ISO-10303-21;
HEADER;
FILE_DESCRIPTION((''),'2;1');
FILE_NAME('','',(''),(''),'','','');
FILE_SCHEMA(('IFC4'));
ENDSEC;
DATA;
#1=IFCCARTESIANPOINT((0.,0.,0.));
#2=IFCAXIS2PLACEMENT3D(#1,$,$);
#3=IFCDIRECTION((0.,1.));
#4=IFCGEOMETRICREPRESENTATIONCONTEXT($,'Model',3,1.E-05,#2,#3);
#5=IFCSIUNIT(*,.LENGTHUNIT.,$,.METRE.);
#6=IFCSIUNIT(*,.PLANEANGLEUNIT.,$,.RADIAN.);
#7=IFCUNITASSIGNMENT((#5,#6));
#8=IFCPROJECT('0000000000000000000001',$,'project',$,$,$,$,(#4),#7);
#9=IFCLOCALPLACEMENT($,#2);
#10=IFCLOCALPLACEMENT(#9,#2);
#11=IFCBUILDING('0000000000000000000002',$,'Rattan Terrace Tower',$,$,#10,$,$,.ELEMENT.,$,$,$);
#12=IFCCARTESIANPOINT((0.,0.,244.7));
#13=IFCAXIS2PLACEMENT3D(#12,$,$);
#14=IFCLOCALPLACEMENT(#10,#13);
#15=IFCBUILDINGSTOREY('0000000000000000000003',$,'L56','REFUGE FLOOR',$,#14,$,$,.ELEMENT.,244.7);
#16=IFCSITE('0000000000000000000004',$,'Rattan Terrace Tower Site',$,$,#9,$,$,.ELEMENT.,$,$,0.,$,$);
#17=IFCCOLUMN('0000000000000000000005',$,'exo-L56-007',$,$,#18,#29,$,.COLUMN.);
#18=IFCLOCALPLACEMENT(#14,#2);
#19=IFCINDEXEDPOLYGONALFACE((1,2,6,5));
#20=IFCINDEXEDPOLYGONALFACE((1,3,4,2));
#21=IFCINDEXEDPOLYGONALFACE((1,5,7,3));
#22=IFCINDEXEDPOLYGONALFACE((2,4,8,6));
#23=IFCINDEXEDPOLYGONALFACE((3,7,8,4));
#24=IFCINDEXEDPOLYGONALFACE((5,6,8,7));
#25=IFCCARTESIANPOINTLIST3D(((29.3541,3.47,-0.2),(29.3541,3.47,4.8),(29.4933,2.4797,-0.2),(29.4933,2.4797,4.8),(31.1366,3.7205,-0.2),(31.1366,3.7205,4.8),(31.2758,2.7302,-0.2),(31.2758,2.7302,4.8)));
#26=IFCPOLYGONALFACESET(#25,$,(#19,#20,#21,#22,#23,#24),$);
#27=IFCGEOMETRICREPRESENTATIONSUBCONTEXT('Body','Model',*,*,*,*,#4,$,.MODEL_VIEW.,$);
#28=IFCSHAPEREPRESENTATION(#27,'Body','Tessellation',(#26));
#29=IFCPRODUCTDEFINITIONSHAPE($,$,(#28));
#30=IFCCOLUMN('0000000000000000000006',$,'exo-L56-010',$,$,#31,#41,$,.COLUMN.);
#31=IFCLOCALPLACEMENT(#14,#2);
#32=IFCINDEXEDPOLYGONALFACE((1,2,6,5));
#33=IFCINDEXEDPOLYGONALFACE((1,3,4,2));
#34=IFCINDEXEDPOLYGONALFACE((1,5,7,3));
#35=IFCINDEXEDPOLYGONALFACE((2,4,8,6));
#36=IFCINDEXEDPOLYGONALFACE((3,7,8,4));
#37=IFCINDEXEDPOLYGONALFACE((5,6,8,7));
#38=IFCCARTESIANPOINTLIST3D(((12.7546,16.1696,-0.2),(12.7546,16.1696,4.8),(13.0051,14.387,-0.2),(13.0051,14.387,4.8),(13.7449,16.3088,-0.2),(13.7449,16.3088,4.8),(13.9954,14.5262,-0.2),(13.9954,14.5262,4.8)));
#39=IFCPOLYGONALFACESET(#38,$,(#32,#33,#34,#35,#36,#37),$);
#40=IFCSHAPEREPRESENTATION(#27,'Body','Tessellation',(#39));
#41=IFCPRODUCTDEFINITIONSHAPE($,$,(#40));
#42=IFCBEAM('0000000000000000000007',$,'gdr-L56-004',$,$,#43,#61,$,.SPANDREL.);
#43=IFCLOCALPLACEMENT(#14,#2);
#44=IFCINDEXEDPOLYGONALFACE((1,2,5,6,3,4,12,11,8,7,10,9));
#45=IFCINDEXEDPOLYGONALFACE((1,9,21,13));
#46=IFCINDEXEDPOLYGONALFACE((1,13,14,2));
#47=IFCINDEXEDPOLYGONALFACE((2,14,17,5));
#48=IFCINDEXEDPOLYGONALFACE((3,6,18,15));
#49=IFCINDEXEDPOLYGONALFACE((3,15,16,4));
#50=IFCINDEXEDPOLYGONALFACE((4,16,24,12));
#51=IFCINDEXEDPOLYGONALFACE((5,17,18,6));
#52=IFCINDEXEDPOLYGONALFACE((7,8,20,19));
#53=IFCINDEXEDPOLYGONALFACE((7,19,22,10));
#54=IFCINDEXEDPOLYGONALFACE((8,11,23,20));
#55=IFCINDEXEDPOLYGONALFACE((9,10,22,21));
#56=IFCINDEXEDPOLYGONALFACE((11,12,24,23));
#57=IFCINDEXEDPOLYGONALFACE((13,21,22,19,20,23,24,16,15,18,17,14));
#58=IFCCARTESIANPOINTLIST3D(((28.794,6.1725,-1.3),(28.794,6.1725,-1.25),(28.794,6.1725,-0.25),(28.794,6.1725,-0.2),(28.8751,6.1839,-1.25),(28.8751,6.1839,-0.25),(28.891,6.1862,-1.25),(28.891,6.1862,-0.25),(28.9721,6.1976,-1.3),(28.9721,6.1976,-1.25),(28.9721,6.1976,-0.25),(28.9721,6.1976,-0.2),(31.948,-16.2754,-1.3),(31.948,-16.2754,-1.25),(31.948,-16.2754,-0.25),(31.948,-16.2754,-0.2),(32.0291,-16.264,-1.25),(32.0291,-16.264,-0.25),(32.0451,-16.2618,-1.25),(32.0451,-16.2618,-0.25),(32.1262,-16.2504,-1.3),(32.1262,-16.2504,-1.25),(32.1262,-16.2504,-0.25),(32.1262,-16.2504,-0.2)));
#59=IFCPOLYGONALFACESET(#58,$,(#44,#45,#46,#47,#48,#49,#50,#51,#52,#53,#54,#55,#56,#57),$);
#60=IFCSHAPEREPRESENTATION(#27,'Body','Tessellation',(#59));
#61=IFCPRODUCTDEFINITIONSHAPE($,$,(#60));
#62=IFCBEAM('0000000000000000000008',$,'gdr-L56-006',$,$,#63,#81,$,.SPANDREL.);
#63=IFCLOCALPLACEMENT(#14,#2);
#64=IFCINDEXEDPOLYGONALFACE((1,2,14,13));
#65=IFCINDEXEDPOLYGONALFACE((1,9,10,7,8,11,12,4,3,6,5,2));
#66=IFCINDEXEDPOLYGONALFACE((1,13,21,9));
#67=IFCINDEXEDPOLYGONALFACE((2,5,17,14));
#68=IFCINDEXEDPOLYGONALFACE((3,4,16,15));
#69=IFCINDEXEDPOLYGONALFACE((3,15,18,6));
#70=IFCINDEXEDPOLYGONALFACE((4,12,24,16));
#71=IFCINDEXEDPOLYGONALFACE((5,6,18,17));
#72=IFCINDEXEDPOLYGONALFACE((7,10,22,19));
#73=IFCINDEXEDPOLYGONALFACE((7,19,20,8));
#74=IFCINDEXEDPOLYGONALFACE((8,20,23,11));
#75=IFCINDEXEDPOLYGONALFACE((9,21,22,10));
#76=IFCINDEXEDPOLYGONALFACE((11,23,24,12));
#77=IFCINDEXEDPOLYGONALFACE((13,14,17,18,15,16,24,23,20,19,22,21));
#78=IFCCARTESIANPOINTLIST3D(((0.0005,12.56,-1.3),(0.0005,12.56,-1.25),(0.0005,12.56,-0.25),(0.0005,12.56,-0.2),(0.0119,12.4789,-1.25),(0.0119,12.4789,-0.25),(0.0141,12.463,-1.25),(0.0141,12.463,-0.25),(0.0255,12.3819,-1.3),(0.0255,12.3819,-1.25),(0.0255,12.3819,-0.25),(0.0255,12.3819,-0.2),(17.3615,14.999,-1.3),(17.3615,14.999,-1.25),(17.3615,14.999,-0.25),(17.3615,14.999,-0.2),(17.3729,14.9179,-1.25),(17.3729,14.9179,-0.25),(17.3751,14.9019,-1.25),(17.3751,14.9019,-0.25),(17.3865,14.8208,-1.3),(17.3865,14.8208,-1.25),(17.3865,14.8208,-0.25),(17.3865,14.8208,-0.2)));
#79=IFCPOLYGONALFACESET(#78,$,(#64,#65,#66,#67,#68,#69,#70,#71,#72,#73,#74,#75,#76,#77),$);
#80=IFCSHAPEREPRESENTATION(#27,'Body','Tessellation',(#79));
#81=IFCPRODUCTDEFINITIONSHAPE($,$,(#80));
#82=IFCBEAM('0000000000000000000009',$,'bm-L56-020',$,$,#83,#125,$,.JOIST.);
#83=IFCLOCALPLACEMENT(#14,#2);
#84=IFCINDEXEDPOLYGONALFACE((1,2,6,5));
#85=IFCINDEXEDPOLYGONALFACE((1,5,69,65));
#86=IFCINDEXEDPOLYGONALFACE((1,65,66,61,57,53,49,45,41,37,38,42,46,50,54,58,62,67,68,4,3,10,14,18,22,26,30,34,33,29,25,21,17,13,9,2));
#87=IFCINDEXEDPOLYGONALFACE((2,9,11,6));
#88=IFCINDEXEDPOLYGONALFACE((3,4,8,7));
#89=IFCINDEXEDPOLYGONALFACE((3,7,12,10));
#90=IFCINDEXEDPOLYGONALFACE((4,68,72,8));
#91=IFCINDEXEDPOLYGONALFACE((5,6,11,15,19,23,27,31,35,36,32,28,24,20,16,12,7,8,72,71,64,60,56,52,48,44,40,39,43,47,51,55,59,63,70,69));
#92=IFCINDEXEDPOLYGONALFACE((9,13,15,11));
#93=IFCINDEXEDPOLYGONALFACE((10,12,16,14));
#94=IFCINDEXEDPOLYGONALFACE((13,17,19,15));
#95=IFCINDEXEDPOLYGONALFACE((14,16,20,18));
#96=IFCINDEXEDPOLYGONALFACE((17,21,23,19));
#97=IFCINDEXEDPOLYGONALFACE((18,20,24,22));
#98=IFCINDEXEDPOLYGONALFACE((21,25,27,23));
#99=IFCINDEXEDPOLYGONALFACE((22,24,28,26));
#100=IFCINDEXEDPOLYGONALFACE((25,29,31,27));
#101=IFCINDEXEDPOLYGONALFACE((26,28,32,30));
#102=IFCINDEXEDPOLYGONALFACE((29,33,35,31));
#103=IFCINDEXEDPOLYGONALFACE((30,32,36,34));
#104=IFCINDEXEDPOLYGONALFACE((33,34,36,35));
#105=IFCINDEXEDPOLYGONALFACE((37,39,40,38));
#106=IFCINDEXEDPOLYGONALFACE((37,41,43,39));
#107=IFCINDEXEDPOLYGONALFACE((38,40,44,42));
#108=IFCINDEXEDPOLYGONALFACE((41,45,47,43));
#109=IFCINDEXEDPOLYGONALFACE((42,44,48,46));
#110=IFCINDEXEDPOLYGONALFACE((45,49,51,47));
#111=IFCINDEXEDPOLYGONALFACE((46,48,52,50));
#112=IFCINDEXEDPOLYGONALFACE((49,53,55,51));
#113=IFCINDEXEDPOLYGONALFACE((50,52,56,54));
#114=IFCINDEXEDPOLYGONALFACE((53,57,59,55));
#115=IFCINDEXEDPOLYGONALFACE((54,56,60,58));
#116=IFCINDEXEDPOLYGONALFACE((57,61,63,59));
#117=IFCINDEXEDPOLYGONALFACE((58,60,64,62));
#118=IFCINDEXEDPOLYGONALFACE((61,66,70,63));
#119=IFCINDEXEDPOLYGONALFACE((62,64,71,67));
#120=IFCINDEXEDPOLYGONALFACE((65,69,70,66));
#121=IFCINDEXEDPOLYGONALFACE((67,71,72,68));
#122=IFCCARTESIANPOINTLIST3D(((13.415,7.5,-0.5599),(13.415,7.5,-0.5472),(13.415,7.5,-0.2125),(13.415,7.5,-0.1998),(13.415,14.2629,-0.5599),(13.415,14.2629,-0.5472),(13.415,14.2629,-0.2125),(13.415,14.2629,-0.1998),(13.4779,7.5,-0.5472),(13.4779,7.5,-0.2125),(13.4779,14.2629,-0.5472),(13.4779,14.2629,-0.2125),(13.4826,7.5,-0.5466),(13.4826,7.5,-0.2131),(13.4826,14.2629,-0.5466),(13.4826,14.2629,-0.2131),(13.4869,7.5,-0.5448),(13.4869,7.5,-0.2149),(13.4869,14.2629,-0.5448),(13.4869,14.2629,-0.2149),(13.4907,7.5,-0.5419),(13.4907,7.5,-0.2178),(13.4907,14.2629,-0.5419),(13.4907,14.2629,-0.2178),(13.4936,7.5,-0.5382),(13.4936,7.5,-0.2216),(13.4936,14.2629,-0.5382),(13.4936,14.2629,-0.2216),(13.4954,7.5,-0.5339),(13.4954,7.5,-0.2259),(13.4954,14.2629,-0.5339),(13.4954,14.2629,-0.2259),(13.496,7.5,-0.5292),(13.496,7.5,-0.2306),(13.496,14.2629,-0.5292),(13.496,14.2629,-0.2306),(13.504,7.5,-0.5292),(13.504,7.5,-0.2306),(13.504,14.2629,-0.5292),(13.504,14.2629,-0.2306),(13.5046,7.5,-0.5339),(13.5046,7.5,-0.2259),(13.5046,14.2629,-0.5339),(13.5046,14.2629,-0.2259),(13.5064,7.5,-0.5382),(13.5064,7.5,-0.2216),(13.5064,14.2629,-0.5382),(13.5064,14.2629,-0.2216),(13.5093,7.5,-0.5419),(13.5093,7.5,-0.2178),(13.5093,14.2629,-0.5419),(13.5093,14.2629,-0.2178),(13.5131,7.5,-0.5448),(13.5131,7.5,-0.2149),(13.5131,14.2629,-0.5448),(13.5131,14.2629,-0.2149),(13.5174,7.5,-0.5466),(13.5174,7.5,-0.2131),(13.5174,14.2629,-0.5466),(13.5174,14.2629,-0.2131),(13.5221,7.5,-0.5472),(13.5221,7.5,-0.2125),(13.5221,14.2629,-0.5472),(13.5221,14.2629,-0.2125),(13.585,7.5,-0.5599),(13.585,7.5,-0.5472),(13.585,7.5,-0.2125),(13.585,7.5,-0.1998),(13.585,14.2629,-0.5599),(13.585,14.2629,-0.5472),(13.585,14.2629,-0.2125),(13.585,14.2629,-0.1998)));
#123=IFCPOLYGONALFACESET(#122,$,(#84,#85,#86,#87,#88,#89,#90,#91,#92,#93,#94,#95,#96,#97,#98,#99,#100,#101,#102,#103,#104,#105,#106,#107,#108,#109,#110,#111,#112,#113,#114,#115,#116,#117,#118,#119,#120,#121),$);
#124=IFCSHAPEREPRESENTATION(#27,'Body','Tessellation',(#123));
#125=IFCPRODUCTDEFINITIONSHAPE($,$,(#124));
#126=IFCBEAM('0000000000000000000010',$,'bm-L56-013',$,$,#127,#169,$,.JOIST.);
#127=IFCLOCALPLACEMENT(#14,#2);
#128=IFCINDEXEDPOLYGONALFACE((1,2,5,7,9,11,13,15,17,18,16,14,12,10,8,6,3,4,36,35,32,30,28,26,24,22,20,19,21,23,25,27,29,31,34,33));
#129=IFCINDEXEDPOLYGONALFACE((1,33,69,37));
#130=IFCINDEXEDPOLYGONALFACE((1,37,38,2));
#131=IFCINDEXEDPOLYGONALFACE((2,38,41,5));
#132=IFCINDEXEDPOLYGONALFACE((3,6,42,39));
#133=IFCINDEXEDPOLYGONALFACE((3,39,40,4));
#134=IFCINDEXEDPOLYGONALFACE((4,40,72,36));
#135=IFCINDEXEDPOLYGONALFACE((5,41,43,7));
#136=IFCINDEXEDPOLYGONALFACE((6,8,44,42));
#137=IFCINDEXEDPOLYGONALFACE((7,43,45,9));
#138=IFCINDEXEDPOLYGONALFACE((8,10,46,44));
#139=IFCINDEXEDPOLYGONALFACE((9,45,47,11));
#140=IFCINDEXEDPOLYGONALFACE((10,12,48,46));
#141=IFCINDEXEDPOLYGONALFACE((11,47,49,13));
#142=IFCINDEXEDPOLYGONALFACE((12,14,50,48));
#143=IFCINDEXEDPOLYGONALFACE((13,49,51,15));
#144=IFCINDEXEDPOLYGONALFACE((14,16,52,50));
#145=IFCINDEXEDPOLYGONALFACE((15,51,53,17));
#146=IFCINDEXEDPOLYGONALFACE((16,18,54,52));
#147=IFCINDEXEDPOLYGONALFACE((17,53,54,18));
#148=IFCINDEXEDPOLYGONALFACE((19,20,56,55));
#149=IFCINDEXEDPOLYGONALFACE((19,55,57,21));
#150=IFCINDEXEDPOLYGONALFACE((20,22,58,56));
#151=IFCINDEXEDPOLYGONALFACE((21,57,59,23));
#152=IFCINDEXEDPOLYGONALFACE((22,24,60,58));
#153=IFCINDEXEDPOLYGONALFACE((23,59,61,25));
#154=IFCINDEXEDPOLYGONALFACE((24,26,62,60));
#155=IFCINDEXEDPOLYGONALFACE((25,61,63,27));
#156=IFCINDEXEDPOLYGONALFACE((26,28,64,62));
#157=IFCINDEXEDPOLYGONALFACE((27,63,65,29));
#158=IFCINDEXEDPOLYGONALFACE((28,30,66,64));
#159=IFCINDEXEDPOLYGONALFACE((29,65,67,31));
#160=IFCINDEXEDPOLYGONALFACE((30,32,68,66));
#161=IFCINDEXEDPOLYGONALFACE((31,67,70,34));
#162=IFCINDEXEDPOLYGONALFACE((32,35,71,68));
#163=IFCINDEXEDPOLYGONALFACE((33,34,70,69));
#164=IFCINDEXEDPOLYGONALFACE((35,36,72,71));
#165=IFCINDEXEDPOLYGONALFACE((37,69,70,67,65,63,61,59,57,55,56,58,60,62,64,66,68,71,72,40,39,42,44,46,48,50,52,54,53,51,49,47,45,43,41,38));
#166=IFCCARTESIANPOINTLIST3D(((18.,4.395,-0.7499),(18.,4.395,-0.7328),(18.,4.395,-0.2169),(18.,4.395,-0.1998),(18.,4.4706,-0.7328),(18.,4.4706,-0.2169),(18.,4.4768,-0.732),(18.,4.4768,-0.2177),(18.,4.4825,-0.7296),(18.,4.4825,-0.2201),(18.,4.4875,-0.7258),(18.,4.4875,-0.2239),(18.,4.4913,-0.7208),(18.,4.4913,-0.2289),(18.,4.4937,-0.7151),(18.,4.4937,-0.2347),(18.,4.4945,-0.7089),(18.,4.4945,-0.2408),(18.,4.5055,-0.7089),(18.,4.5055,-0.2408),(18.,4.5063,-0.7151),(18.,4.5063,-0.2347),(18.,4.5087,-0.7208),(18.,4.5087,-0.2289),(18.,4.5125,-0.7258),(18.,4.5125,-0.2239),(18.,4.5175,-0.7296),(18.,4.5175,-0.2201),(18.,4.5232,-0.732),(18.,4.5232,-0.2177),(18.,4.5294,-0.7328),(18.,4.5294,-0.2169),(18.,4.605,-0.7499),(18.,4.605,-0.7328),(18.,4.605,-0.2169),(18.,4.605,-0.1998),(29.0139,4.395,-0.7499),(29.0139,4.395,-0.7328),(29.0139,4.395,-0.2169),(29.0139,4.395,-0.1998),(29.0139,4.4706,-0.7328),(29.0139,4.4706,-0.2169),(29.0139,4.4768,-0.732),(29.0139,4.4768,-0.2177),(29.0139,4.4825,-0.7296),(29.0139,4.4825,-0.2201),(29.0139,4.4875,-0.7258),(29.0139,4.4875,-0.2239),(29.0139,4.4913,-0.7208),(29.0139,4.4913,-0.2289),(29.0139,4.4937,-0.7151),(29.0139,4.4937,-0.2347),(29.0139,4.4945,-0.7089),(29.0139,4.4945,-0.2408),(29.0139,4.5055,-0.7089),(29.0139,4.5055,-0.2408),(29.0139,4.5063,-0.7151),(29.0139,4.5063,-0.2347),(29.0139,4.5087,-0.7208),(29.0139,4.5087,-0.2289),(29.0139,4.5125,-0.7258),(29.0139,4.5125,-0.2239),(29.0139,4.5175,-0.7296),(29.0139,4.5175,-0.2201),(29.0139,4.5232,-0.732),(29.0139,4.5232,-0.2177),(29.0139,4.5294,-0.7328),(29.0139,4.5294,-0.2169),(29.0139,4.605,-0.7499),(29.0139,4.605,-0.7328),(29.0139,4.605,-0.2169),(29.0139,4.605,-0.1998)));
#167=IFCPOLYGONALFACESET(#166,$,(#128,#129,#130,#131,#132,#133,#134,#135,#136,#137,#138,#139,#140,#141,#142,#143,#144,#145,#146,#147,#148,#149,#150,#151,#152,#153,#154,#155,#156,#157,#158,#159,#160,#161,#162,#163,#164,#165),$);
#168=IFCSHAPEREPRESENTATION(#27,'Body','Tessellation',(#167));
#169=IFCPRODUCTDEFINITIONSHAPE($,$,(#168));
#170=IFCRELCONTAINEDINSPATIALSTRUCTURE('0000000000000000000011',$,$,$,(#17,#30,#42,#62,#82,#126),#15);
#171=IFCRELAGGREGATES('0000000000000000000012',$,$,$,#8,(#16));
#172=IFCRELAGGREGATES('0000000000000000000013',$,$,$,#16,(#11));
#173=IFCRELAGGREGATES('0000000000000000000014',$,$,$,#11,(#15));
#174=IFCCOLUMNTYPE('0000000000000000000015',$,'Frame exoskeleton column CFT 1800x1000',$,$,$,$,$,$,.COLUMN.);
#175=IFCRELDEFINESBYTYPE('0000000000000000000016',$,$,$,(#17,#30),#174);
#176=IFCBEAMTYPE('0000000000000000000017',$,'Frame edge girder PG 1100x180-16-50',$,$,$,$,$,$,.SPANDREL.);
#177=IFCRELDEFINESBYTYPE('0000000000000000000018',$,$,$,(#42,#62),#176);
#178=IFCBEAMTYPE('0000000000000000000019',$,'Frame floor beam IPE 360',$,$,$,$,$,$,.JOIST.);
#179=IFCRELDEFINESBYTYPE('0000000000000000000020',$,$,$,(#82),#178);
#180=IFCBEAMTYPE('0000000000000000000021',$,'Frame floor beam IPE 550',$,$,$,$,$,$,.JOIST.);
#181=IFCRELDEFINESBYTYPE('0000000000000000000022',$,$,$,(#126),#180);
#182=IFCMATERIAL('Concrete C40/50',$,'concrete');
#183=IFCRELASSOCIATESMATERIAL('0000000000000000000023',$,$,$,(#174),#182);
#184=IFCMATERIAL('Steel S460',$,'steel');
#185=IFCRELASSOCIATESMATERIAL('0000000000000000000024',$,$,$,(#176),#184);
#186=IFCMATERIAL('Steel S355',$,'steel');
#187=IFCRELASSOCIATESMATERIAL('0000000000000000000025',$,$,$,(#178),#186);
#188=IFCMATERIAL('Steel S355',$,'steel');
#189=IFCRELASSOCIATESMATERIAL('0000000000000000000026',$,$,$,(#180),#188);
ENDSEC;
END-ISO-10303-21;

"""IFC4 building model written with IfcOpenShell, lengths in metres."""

from ifc_helpers import new_model, si_unit, direction, frame, origin, origin_2d, place, context, subcontext, project, spatial, rectangle, i_section, extrude, material, material_profile, profile_set, type_object, element, save


model = new_model("IFC4")

# Units and contexts
model_context = context("Model", 3, precision=1e-05, world=origin(), true_north=direction((0.0, 1.0)))
body_context = subcontext(model_context, "Body", "Model", "MODEL_VIEW")
ifc_project = project(units=[si_unit("LENGTHUNIT", "METRE"), si_unit("PLANEANGLEUNIT", "RADIAN")], contexts=[model_context])

# Site, building, storey
site_placement = place(None, origin())
site = spatial("IfcSite", under=ifc_project, at=site_placement, Name="Rattan Terrace Tower Site", CompositionType="ELEMENT", RefElevation=0.0)
building_placement = place(site_placement, origin())
building = spatial("IfcBuilding", under=site, at=building_placement, Name="Rattan Terrace Tower", CompositionType="ELEMENT")
storey_placement = place(building_placement, frame((0.0, 0.0, 244.7)))
storey = spatial("IfcBuildingStorey", under=building, at=storey_placement, Name="L56", Description="REFUGE FLOOR", CompositionType="ELEMENT", Elevation=244.7)

# Columns
ifc_material_1 = material(Name="Concrete C40/50", Category="concrete")
ifc_material_profile_1 = material_profile(ifc_material_1, rectangle(XDim=1.0, YDim=1.8, at=origin_2d()), Name="CFT 1800x1000")
ifc_profile_set_1 = profile_set([ifc_material_profile_1], Name="Concrete C40/50")
column_type = type_object("IfcColumnType", Name="Frame exoskeleton column CFT 1800x1000", PredefinedType="COLUMN", material=ifc_profile_set_1)
for number, where, z_axis, x_axis, name in (
    (1, (30.3149, 3.1001, -0.2), (0.0, 0.0, 1.0), (-0.13919, 0.990266, 0.0), "exo-L56-007"),
    (2, (13.375, 15.3479, -0.2), (0.0, 0.0, 1.0), (0.990268, 0.139173, 0.0), "exo-L56-010"),
):
    element("IfcColumn", number, at=place(storey_placement, frame(where, z_axis=z_axis, x_axis=x_axis)), inside=storey, type_object=column_type, Name=name, PredefinedType="COLUMN", context=body_context, shape_type="SweptSolid", body=[
        extrude(rectangle(XDim=1.0, YDim=1.8, at=origin_2d()), origin(), (0.0, 0.0, 1.0), 5.0),
    ])

# Beams
ifc_material_2 = material(Name="Steel S460", Category="steel")
ifc_material_profile_2 = material_profile(ifc_material_2, i_section(OverallWidth=0.1799, OverallDepth=1.1001, WebThickness=0.0161, FlangeThickness=0.05, at=origin_2d()), Name="PG 1100x180-16-50")
ifc_profile_set_2 = profile_set([ifc_material_profile_2], Name="Steel S460")
beam_type_1 = type_object("IfcBeamType", Name="Frame edge girder PG 1100x180-16-50", PredefinedType="SPANDREL", material=ifc_profile_set_2)
beam_1_placement = place(storey_placement, frame((28.8831, 6.1851, -0.75), z_axis=(0.139138, -0.990273, 0.0), x_axis=(0.990273, 0.139138, 0.0)))
element("IfcBeam", 3, at=beam_1_placement, inside=storey, type_object=beam_type_1, Name="gdr-L56-004", PredefinedType="SPANDREL", context=body_context, shape_type="SweptSolid", body=[
    extrude(i_section(OverallWidth=0.1799, OverallDepth=1.1001, WebThickness=0.0161, FlangeThickness=0.05, at=origin_2d()), origin(), (0.0, 0.0, 1.0), 22.6685),
])
beam_2_placement = place(storey_placement, frame((17.374, 14.9099, -0.75), z_axis=(-0.990276, -0.139118, 0.0), x_axis=(0.139118, -0.990276, 0.0)))
element("IfcBeam", 4, at=beam_2_placement, inside=storey, type_object=beam_type_1, Name="gdr-L56-006", PredefinedType="SPANDREL", context=body_context, shape_type="SweptSolid", body=[
    extrude(i_section(OverallWidth=0.1799, OverallDepth=1.1001, WebThickness=0.0161, FlangeThickness=0.05, at=origin_2d()), origin(), (0.0, 0.0, 1.0), 17.5315),
])
ifc_material_3 = material(Name="Steel S355", Category="steel")
ifc_material_profile_3 = material_profile(ifc_material_3, i_section(OverallWidth=0.1699, OverallDepth=0.3601, WebThickness=0.0081, FlangeThickness=0.0127, FilletRadius=0.0181, at=origin_2d()), Name="IPE 360")
ifc_profile_set_3 = profile_set([ifc_material_profile_3], Name="Steel S355")
beam_type_2 = type_object("IfcBeamType", Name="Frame floor beam IPE 360", PredefinedType="JOIST", material=ifc_profile_set_3)
beam_3_placement = place(storey_placement, frame((13.5, 7.5, -0.3799), z_axis=(0.0, 1.0, 0.0), x_axis=(-1.0, 0.0, 0.0)))
element("IfcBeam", 5, at=beam_3_placement, inside=storey, type_object=beam_type_2, Name="bm-L56-020", PredefinedType="JOIST", context=body_context, shape_type="SweptSolid", body=[
    extrude(i_section(OverallWidth=0.1699, OverallDepth=0.3601, WebThickness=0.0081, FlangeThickness=0.0127, FilletRadius=0.0181, at=origin_2d()), origin(), (0.0, 0.0, 1.0), 6.7629),
])
ifc_material_4 = material(Name="Steel S355", Category="steel")
ifc_material_profile_4 = material_profile(ifc_material_4, i_section(OverallWidth=0.21, OverallDepth=0.55, WebThickness=0.011, FlangeThickness=0.0171, FilletRadius=0.0239, at=origin_2d()), Name="IPE 550")
ifc_profile_set_4 = profile_set([ifc_material_profile_4], Name="Steel S355")
beam_type_3 = type_object("IfcBeamType", Name="Frame floor beam IPE 550", PredefinedType="JOIST", material=ifc_profile_set_4)
beam_4_placement = place(storey_placement, frame((18.0, 4.5, -0.4749), z_axis=(1.0, 0.0, 0.0), x_axis=(0.0, 1.0, 0.0)))
element("IfcBeam", 6, at=beam_4_placement, inside=storey, type_object=beam_type_3, Name="bm-L56-013", PredefinedType="JOIST", context=body_context, shape_type="SweptSolid", body=[
    extrude(i_section(OverallWidth=0.21, OverallDepth=0.55, WebThickness=0.011, FlangeThickness=0.0171, FilletRadius=0.0239, at=origin_2d()), origin(), (0.0, 0.0, 1.0), 11.0139),
])

save(model, "model.ifc")
